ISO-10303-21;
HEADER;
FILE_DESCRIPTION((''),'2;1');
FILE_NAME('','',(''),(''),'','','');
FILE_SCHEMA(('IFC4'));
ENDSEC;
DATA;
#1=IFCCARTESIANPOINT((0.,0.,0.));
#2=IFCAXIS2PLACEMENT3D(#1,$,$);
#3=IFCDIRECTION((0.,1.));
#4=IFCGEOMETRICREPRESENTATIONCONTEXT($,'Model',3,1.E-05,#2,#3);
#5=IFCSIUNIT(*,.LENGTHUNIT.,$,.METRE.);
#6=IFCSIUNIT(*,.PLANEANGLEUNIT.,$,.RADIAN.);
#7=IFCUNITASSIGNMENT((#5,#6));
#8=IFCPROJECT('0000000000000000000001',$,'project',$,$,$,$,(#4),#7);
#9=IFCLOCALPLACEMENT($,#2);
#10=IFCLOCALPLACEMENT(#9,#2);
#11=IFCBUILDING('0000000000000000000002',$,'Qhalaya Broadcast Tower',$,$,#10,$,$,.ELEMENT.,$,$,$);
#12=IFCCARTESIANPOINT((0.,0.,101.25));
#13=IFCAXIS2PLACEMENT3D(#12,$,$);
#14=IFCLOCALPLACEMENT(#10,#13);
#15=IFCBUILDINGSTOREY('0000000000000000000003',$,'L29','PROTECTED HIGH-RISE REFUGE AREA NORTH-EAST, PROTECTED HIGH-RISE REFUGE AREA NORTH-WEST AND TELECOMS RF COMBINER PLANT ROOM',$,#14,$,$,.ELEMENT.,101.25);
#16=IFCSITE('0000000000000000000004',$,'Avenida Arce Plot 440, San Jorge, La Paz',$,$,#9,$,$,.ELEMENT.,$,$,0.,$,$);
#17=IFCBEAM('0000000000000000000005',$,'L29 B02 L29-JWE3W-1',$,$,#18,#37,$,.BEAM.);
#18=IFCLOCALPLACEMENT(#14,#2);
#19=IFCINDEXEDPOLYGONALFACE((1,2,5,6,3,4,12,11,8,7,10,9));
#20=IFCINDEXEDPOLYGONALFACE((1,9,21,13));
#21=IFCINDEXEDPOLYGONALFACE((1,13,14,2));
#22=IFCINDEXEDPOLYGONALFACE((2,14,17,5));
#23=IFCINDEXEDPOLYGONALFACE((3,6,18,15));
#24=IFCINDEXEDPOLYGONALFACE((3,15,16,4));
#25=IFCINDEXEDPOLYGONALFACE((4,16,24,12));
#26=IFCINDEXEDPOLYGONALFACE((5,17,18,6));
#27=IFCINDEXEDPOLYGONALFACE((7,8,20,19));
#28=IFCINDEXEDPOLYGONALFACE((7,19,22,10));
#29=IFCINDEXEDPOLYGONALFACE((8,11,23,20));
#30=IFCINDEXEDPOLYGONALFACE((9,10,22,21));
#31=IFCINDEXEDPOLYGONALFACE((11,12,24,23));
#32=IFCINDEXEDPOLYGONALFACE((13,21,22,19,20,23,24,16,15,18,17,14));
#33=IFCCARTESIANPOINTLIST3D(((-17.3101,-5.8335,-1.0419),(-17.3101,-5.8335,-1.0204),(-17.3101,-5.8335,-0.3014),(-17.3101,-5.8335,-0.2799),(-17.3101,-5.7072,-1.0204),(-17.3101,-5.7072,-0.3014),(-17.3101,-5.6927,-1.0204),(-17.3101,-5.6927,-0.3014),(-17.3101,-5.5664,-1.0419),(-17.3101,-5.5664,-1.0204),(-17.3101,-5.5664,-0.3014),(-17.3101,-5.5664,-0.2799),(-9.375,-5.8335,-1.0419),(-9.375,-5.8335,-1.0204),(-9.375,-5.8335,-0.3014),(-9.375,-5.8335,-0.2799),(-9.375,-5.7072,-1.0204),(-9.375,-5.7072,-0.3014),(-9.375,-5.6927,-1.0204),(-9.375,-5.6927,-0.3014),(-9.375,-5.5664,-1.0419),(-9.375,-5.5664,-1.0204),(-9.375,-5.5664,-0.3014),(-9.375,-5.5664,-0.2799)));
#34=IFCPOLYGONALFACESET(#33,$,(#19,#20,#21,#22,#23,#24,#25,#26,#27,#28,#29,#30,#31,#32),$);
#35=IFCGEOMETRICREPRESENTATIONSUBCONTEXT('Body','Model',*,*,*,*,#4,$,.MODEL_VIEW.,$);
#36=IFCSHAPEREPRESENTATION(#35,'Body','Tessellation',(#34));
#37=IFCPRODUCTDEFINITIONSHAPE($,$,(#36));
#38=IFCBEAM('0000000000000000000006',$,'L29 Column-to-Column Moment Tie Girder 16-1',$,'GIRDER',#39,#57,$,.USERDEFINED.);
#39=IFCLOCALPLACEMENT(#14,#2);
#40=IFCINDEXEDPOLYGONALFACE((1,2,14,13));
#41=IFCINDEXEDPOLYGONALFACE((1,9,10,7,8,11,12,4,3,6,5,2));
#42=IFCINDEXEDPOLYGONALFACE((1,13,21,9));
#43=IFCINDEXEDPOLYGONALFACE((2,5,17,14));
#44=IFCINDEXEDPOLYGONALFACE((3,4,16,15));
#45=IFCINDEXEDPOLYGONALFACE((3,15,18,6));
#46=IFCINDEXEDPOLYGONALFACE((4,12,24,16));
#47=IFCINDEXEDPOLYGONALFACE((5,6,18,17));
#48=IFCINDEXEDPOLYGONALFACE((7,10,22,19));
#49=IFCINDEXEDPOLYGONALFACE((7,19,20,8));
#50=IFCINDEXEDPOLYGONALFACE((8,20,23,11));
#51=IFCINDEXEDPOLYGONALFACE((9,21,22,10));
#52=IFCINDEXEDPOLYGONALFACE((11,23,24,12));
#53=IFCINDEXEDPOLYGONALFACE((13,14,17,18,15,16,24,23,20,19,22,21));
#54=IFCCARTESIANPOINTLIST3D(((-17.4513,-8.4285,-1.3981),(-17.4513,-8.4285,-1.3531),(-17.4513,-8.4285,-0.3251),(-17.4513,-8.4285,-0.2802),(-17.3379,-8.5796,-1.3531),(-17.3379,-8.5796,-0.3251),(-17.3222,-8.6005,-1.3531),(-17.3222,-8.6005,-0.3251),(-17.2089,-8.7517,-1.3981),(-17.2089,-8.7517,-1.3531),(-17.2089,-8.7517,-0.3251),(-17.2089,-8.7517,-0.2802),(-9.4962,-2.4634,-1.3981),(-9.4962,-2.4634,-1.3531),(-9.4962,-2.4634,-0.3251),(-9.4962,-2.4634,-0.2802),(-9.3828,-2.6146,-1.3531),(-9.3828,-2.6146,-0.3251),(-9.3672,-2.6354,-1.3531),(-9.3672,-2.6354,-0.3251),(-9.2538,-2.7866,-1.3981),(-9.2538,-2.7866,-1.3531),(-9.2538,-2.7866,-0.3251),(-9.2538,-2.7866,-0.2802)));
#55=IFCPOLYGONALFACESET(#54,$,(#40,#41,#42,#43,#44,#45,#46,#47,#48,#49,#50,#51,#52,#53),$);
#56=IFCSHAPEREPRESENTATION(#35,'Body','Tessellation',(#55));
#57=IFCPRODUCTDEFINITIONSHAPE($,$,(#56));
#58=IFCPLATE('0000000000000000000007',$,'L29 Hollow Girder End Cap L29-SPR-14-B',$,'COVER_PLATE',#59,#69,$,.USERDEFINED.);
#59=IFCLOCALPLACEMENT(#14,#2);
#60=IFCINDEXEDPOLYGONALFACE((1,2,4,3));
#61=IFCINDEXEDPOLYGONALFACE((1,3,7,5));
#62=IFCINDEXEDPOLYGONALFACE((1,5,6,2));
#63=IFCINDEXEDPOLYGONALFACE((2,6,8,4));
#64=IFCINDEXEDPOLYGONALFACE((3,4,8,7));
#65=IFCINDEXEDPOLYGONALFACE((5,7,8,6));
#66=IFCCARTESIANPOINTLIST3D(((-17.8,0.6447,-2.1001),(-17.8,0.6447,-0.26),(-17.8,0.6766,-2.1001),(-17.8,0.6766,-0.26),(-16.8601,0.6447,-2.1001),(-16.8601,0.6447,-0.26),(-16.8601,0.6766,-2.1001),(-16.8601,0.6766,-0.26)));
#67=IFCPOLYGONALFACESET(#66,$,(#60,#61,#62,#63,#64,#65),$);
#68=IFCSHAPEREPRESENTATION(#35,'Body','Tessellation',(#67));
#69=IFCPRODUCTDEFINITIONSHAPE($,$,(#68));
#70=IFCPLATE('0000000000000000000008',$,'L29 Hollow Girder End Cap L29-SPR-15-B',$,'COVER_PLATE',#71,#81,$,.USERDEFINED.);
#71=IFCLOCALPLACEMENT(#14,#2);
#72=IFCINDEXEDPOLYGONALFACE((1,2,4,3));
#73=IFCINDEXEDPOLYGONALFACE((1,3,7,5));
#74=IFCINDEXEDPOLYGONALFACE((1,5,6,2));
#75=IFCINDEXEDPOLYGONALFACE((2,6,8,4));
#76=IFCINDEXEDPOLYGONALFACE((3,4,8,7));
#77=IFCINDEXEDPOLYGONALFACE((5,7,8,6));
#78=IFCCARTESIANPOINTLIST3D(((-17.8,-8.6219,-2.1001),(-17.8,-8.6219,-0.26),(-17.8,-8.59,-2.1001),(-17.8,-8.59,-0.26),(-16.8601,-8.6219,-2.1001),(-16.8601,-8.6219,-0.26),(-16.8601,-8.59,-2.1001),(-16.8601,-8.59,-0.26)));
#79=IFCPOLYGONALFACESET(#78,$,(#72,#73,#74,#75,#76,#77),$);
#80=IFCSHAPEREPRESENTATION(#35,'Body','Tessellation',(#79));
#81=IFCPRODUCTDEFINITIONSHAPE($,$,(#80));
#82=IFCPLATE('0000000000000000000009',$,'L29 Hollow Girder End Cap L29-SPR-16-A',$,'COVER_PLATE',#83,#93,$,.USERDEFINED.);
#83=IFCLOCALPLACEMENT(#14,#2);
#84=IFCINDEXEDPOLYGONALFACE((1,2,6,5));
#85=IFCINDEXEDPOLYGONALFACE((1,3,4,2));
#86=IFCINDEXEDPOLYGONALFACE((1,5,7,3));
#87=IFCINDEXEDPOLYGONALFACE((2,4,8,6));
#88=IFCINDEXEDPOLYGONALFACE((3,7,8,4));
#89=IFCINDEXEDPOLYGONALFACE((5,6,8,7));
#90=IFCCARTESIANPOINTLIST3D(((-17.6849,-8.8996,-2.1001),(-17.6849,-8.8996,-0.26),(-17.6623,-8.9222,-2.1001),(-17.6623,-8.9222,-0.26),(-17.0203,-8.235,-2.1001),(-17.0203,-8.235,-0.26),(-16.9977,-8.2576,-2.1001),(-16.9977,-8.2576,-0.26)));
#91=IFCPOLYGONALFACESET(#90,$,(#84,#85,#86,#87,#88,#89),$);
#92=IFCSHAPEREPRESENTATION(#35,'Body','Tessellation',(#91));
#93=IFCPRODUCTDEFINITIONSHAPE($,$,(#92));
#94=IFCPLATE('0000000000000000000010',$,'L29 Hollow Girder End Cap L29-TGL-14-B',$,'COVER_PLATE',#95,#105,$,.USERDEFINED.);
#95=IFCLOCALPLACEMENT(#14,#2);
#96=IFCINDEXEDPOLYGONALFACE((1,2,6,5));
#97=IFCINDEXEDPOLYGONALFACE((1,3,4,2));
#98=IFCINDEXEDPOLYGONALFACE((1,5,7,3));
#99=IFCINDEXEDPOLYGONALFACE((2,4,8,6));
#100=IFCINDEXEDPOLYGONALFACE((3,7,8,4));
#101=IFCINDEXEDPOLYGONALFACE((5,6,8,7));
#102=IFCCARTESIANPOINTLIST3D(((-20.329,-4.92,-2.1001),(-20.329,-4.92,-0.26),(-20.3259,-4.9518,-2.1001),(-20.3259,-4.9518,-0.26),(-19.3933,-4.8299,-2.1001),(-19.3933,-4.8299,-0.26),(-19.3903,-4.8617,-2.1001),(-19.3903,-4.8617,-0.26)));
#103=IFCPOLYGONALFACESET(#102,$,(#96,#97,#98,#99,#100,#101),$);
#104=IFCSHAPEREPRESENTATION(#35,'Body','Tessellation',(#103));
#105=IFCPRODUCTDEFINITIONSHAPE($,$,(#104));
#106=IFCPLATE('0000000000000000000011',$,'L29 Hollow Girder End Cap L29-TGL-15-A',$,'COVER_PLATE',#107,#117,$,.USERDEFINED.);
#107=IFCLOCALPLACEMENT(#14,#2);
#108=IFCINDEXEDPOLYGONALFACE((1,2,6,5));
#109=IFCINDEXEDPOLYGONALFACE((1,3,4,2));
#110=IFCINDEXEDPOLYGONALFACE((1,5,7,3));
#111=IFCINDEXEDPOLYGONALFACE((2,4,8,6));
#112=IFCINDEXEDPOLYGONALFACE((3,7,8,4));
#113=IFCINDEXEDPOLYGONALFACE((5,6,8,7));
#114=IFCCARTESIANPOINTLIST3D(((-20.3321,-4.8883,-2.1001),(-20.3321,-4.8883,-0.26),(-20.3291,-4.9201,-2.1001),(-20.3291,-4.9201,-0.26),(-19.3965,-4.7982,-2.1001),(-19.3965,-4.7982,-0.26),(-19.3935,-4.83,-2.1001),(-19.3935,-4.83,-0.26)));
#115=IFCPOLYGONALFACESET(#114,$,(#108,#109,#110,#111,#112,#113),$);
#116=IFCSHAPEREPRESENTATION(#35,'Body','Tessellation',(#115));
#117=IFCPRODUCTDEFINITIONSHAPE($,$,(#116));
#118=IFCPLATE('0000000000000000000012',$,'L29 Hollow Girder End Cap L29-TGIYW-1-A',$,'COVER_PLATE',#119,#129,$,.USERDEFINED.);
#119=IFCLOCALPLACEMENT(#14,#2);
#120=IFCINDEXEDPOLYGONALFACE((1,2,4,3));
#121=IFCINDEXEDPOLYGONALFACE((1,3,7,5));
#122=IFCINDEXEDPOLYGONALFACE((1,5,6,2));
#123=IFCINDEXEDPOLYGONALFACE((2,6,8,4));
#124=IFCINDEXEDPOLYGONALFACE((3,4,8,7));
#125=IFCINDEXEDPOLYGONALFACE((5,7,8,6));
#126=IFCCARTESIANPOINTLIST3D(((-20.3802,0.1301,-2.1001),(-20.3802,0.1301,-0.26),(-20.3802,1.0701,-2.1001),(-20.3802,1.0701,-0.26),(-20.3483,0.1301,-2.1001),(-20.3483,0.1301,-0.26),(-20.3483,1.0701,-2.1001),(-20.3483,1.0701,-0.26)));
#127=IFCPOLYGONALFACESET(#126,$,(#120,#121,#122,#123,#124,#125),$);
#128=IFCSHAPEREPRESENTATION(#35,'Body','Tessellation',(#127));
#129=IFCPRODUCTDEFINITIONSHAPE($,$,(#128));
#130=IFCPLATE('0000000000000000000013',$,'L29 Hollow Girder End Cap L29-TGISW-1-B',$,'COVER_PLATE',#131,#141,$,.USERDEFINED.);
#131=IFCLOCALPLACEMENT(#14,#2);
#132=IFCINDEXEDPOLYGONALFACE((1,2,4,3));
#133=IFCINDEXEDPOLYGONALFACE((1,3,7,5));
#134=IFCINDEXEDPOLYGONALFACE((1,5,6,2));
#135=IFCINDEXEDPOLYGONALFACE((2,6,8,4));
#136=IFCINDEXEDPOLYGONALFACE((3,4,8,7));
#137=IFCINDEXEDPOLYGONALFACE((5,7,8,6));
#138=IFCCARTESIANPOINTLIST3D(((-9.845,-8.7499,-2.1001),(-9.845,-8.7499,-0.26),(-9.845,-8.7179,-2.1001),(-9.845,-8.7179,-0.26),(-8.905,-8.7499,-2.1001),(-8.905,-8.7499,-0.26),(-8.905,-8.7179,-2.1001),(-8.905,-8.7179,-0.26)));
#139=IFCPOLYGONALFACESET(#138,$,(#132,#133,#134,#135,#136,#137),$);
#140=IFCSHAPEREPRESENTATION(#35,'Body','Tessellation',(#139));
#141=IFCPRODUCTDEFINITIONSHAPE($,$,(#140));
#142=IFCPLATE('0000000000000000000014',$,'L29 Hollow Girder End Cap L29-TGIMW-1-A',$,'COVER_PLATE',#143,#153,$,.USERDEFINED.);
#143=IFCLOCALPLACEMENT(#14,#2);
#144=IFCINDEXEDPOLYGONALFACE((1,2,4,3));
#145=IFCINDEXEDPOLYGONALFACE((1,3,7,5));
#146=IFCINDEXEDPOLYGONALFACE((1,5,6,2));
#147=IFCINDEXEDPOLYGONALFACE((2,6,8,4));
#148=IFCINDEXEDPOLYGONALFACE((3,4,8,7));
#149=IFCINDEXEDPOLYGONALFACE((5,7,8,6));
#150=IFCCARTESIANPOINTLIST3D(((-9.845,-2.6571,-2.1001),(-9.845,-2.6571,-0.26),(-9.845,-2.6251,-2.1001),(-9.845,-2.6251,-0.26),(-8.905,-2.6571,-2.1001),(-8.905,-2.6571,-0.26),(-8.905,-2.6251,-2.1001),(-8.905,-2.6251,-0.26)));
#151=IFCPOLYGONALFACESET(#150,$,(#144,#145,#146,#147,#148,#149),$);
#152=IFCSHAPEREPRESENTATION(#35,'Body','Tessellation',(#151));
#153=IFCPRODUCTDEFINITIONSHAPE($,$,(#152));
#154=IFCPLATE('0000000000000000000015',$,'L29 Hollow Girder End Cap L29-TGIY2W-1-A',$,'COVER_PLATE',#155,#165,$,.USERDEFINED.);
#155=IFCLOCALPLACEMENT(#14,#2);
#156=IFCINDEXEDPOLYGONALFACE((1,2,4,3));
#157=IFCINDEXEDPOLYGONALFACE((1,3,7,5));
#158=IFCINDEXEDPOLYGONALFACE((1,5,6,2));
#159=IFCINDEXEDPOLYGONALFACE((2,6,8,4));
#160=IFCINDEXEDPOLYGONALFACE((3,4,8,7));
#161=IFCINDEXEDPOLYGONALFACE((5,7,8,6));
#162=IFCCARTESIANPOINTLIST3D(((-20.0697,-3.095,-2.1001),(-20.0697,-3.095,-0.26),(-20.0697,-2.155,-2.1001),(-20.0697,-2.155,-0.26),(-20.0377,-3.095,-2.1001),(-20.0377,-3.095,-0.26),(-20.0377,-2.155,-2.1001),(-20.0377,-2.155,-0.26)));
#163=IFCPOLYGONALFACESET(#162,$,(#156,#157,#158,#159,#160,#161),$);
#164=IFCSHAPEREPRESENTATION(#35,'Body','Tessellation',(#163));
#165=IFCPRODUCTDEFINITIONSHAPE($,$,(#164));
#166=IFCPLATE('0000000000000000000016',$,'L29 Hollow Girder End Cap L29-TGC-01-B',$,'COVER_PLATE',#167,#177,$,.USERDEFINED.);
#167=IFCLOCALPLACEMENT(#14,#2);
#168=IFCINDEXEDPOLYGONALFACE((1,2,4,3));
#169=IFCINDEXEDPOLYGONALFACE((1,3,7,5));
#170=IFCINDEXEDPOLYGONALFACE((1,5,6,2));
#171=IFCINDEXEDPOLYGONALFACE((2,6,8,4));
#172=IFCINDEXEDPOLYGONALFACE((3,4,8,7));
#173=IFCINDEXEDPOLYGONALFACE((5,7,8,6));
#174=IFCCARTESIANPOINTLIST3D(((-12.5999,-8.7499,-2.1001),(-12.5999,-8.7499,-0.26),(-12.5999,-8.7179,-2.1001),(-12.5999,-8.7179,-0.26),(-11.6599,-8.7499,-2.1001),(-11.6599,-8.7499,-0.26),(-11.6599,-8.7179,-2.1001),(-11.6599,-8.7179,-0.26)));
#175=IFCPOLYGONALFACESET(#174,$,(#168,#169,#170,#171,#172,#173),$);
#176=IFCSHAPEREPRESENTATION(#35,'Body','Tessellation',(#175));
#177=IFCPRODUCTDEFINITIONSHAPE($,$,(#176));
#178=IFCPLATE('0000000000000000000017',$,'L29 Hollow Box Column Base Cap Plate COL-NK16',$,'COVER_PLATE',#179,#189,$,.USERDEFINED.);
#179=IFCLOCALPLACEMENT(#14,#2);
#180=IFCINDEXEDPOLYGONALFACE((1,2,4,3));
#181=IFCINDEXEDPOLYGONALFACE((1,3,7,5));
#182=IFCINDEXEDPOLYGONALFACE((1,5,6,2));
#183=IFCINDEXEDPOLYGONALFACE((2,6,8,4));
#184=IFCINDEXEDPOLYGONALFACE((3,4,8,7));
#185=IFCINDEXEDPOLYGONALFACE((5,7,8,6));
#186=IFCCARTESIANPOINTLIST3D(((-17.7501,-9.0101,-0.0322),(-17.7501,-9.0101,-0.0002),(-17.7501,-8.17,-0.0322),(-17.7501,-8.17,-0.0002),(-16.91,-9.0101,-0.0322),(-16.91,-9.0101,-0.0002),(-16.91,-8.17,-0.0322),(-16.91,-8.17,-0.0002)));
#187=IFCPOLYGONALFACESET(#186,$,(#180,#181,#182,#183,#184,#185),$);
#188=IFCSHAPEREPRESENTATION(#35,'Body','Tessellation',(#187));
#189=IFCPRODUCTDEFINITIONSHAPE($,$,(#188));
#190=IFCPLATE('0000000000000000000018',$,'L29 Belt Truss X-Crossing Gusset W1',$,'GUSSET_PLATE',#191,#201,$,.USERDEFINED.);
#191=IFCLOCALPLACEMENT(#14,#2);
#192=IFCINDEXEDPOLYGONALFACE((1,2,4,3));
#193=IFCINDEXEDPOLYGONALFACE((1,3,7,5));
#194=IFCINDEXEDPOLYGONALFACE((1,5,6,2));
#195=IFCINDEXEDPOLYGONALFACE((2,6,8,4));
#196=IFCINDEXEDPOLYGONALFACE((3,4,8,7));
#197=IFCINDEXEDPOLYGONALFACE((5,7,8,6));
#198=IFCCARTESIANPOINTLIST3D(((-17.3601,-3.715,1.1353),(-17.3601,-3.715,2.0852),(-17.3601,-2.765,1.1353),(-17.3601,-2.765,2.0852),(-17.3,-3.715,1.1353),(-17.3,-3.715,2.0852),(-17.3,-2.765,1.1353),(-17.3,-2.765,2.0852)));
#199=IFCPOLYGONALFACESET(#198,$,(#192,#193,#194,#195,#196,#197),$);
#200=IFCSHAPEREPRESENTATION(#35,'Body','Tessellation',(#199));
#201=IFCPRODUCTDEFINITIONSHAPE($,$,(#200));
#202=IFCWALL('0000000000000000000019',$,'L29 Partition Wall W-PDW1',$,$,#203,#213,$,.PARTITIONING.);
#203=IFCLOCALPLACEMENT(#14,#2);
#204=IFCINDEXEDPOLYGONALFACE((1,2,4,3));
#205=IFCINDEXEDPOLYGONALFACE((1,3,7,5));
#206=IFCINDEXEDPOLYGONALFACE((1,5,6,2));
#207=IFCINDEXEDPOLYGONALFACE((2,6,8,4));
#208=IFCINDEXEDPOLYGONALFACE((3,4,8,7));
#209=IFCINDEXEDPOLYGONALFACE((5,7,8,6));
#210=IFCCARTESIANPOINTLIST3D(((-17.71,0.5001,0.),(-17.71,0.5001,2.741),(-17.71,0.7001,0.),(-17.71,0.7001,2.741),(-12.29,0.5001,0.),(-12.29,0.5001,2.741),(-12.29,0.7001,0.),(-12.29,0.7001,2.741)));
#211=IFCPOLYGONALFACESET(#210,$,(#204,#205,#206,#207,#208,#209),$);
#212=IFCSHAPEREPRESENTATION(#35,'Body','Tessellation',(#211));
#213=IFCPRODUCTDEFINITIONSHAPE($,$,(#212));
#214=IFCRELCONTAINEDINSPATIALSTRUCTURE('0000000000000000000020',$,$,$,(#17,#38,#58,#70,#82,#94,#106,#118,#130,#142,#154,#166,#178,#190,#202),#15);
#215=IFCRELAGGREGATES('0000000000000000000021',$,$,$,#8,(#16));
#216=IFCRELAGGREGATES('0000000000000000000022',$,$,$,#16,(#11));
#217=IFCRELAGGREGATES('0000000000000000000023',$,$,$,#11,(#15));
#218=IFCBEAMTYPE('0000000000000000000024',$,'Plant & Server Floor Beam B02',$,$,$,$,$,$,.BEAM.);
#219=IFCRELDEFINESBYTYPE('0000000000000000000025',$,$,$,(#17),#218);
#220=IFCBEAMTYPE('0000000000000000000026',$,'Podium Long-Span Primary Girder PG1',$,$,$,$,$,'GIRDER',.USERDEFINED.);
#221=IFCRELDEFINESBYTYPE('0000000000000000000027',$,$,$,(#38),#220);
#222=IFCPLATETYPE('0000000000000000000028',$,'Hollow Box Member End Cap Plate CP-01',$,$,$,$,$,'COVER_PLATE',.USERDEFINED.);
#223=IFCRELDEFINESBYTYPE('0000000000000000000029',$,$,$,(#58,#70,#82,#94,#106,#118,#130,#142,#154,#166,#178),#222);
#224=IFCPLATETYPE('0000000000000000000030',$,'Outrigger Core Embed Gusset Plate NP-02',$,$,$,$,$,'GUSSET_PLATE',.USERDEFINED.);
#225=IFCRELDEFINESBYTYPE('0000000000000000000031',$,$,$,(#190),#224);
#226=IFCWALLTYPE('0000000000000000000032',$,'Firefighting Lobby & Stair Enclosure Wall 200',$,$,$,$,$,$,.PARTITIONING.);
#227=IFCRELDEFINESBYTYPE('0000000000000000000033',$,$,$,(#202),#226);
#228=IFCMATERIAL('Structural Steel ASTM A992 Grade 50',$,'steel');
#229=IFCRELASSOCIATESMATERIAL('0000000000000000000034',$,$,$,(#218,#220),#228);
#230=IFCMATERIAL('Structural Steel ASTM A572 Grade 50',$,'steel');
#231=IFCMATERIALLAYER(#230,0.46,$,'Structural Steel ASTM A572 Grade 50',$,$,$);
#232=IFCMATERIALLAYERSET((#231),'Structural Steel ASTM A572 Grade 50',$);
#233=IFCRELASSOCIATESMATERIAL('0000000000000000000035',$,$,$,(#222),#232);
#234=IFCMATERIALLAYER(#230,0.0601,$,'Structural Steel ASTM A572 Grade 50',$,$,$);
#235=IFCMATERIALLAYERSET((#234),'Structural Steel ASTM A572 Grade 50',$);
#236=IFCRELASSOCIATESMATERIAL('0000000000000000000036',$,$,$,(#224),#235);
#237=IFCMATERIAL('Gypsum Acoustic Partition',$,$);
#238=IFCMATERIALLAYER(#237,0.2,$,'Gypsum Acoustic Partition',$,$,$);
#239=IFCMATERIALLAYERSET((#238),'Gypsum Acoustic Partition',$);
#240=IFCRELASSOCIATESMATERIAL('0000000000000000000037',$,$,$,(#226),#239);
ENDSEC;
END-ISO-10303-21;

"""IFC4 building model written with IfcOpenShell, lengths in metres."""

from ifc_helpers import new_model, si_unit, direction, frame, frame_2d, origin, origin_2d, place, context, subcontext, project, spatial, rectangle, i_section, extrude, material, layer, layer_set, material_profile, profile_set, type_object, element, save


model = new_model("IFC4")

# Units and contexts
model_context = context("Model", 3, precision=1e-05, world=origin(), true_north=direction((0.0, 1.0)))
body_context = subcontext(model_context, "Body", "Model", "MODEL_VIEW")
ifc_project = project(units=[si_unit("LENGTHUNIT", "METRE"), si_unit("PLANEANGLEUNIT", "RADIAN")], contexts=[model_context])

# Site, building, storey
site_placement = place(None, origin())
site = spatial("IfcSite", under=ifc_project, at=site_placement, Name="Avenida Arce Plot 440, San Jorge, La Paz", CompositionType="ELEMENT", RefElevation=0.0)
building_placement = place(site_placement, origin())
building = spatial("IfcBuilding", under=site, at=building_placement, Name="Qhalaya Broadcast Tower", CompositionType="ELEMENT")
storey_placement = place(building_placement, frame((0.0, 0.0, 101.25)))
storey = spatial("IfcBuildingStorey", under=building, at=storey_placement, Name="L29", Description="PROTECTED HIGH-RISE REFUGE AREA NORTH-EAST, PROTECTED HIGH-RISE REFUGE AREA NORTH-WEST AND TELECOMS RF COMBINER PLANT ROOM", CompositionType="ELEMENT", Elevation=101.25)

# Shared definitions
ifc_material_1 = material(Name="Structural Steel ASTM A572 Grade 50", Category="steel")

# Beams
ifc_material_2 = material(Name="Structural Steel ASTM A992 Grade 50", Category="steel")
ifc_material_profile_1 = material_profile(ifc_material_2, i_section(OverallWidth=0.2671, OverallDepth=0.762, WebThickness=0.0144, FlangeThickness=0.0215, at=origin_2d()), Name="W30X116")
ifc_profile_set_1 = profile_set([ifc_material_profile_1], Name="Structural Steel ASTM A992 Grade 50")
beam_type_1 = type_object("IfcBeamType", Name="Plant & Server Floor Beam B02", PredefinedType="BEAM", material=ifc_profile_set_1)
beam_1_placement = place(storey_placement, frame((-17.3101, -5.7, -0.6609), z_axis=(1.0, 0.0, 0.0), x_axis=(0.0, 1.0, 0.0)))
element("IfcBeam", 1, at=beam_1_placement, inside=storey, type_object=beam_type_1, Name="L29 B02 L29-JWE3W-1", PredefinedType="BEAM", context=body_context, shape_type="SweptSolid", body=[
    extrude(i_section(OverallWidth=0.2671, OverallDepth=0.762, WebThickness=0.0144, FlangeThickness=0.0215, at=origin_2d()), origin(), (0.0, 0.0, 1.0), 7.9351),
])
ifc_material_profile_2 = material_profile(ifc_material_2, i_section(OverallWidth=0.4041, OverallDepth=1.1179, WebThickness=0.0261, FlangeThickness=0.0449, at=origin_2d()), Name="W44X335")
ifc_profile_set_2 = profile_set([ifc_material_profile_2], Name="Structural Steel ASTM A992 Grade 50")
beam_type_2 = type_object("IfcBeamType", Name="Podium Long-Span Primary Girder PG1", ElementType="GIRDER", PredefinedType="USERDEFINED", material=ifc_profile_set_2)
beam_2_placement = place(storey_placement, frame((-9.375, -2.625, -0.8391), z_axis=(-0.800059, -0.599921, 0.0), x_axis=(0.599921, -0.800059, 0.0)))
element("IfcBeam", 2, at=beam_2_placement, inside=storey, type_object=beam_type_2, Name="L29 Column-to-Column Moment Tie Girder 16-1", ObjectType="GIRDER", PredefinedType="USERDEFINED", context=body_context, shape_type="SweptSolid", body=[
    extrude(i_section(OverallWidth=0.4041, OverallDepth=1.1179, WebThickness=0.0261, FlangeThickness=0.0449, at=origin_2d()), origin(), (0.0, 0.0, 1.0), 9.9431),
])

# Plates
ifc_layer_1 = layer(ifc_material_1, 0.46, Name="Structural Steel ASTM A572 Grade 50")
ifc_layer_set_1 = layer_set([ifc_layer_1], Name="Structural Steel ASTM A572 Grade 50")
plate_type_1 = type_object("IfcPlateType", Name="Hollow Box Member End Cap Plate CP-01", ElementType="COVER_PLATE", PredefinedType="USERDEFINED", material=ifc_layer_set_1)
for number, where, z_axis, x_axis, name in (
    (3, (-17.3301, 0.6606, -2.1001), (0.0, 0.0, 1.0), (1.0, 0.0, 0.0), "L29 Hollow Girder End Cap L29-SPR-14-B"),
    (4, (-17.3301, -8.606, -2.1001), (0.0, 0.0, 1.0), (1.0, 0.0, 0.0), "L29 Hollow Girder End Cap L29-SPR-15-B"),
    (5, (-17.3413, -8.5786, -2.1001), (0.0, 0.0, 1.0), (0.707107, 0.707107, 0.0), "L29 Hollow Girder End Cap L29-SPR-16-A"),
    (6, (-19.8596, -4.8909, -2.1001), (0.0, 0.0, 1.0), (0.995396, 0.095846, 0.0), "L29 Hollow Girder End Cap L29-TGL-14-B"),
    (7, (-19.8628, -4.8591, -2.1001), (0.0, 0.0, 1.0), (0.995396, 0.095846, 0.0), "L29 Hollow Girder End Cap L29-TGL-15-A"),
    (8, (-20.3643, 0.6001, -2.1001), (0.0, 0.0, 1.0), (0.0, 1.0, 0.0), "L29 Hollow Girder End Cap L29-TGIYW-1-A"),
    (9, (-9.375, -8.7339, -2.1001), (0.0, 0.0, 1.0), (-1.0, 0.0, 0.0), "L29 Hollow Girder End Cap L29-TGISW-1-B"),
    (10, (-9.375, -2.6411, -2.1001), (0.0, 0.0, 1.0), (-1.0, 0.0, 0.0), "L29 Hollow Girder End Cap L29-TGIMW-1-A"),
    (11, (-20.0537, -2.625, -2.1001), (0.0, 0.0, 1.0), (0.0, 1.0, 0.0), "L29 Hollow Girder End Cap L29-TGIY2W-1-A"),
    (12, (-12.1299, -8.7339, -2.1001), (0.0, 0.0, 1.0), (-1.0, 0.0, 0.0), "L29 Hollow Girder End Cap L29-TGC-01-B"),
):
    element("IfcPlate", number, at=place(storey_placement, frame(where, z_axis=z_axis, x_axis=x_axis)), inside=storey, type_object=plate_type_1, Name=name, ObjectType="COVER_PLATE", PredefinedType="USERDEFINED", context=body_context, shape_type="SweptSolid", body=[
        extrude(rectangle(XDim=0.9399, YDim=0.032, at=origin_2d()), origin(), (0.0, 0.0, 1.0), 1.8401),
    ])
plate_1_placement = place(storey_placement, frame((-17.3301, -8.5901, -0.0322), z_axis=(0.0, 0.0, 1.0), x_axis=(0.0, 1.0, 0.0)))
element("IfcPlate", 13, at=plate_1_placement, inside=storey, type_object=plate_type_1, Name="L29 Hollow Box Column Base Cap Plate COL-NK16", ObjectType="COVER_PLATE", PredefinedType="USERDEFINED", context=body_context, shape_type="SweptSolid", body=[
    extrude(rectangle(XDim=0.8401, YDim=0.8401, at=origin_2d()), origin(), (0.0, 0.0, 1.0), 0.032),
])
ifc_layer_2 = layer(ifc_material_1, 0.0601, Name="Structural Steel ASTM A572 Grade 50")
ifc_layer_set_2 = layer_set([ifc_layer_2], Name="Structural Steel ASTM A572 Grade 50")
plate_type_2 = type_object("IfcPlateType", Name="Outrigger Core Embed Gusset Plate NP-02", ElementType="GUSSET_PLATE", PredefinedType="USERDEFINED", material=ifc_layer_set_2)
plate_2_placement = place(storey_placement, frame((-17.3301, -3.24, 1.1353), z_axis=(0.0, 0.0, 1.0), x_axis=(0.0, 1.0, 0.0)))
element("IfcPlate", 14, at=plate_2_placement, inside=storey, type_object=plate_type_2, Name="L29 Belt Truss X-Crossing Gusset W1", ObjectType="GUSSET_PLATE", PredefinedType="USERDEFINED", context=body_context, shape_type="SweptSolid", body=[
    extrude(rectangle(XDim=0.95, YDim=0.0601, at=origin_2d()), origin(), (0.0, 0.0, 1.0), 0.95),
])

# Wall
ifc_material_3 = material(Name="Gypsum Acoustic Partition")
ifc_layer_3 = layer(ifc_material_3, 0.2, Name="Gypsum Acoustic Partition")
ifc_layer_set_3 = layer_set([ifc_layer_3], Name="Gypsum Acoustic Partition")
wall_type_1 = type_object("IfcWallType", Name="Firefighting Lobby & Stair Enclosure Wall 200", PredefinedType="PARTITIONING", material=ifc_layer_set_3)
wall_1_placement = place(storey_placement, frame((-17.71, 0.6001, 0.0), z_axis=(0.0, 0.0, 1.0), x_axis=(1.0, 0.0, 0.0)))
element("IfcWall", 15, at=wall_1_placement, inside=storey, type_object=wall_type_1, Name="L29 Partition Wall W-PDW1", PredefinedType="PARTITIONING", context=body_context, shape_type="SweptSolid", body=[
    extrude(rectangle(XDim=5.4199, YDim=0.2, at=frame_2d((2.71, 0.0))), origin(), (0.0, 0.0, 1.0), 2.741),
])

save(model, "model.ifc")
